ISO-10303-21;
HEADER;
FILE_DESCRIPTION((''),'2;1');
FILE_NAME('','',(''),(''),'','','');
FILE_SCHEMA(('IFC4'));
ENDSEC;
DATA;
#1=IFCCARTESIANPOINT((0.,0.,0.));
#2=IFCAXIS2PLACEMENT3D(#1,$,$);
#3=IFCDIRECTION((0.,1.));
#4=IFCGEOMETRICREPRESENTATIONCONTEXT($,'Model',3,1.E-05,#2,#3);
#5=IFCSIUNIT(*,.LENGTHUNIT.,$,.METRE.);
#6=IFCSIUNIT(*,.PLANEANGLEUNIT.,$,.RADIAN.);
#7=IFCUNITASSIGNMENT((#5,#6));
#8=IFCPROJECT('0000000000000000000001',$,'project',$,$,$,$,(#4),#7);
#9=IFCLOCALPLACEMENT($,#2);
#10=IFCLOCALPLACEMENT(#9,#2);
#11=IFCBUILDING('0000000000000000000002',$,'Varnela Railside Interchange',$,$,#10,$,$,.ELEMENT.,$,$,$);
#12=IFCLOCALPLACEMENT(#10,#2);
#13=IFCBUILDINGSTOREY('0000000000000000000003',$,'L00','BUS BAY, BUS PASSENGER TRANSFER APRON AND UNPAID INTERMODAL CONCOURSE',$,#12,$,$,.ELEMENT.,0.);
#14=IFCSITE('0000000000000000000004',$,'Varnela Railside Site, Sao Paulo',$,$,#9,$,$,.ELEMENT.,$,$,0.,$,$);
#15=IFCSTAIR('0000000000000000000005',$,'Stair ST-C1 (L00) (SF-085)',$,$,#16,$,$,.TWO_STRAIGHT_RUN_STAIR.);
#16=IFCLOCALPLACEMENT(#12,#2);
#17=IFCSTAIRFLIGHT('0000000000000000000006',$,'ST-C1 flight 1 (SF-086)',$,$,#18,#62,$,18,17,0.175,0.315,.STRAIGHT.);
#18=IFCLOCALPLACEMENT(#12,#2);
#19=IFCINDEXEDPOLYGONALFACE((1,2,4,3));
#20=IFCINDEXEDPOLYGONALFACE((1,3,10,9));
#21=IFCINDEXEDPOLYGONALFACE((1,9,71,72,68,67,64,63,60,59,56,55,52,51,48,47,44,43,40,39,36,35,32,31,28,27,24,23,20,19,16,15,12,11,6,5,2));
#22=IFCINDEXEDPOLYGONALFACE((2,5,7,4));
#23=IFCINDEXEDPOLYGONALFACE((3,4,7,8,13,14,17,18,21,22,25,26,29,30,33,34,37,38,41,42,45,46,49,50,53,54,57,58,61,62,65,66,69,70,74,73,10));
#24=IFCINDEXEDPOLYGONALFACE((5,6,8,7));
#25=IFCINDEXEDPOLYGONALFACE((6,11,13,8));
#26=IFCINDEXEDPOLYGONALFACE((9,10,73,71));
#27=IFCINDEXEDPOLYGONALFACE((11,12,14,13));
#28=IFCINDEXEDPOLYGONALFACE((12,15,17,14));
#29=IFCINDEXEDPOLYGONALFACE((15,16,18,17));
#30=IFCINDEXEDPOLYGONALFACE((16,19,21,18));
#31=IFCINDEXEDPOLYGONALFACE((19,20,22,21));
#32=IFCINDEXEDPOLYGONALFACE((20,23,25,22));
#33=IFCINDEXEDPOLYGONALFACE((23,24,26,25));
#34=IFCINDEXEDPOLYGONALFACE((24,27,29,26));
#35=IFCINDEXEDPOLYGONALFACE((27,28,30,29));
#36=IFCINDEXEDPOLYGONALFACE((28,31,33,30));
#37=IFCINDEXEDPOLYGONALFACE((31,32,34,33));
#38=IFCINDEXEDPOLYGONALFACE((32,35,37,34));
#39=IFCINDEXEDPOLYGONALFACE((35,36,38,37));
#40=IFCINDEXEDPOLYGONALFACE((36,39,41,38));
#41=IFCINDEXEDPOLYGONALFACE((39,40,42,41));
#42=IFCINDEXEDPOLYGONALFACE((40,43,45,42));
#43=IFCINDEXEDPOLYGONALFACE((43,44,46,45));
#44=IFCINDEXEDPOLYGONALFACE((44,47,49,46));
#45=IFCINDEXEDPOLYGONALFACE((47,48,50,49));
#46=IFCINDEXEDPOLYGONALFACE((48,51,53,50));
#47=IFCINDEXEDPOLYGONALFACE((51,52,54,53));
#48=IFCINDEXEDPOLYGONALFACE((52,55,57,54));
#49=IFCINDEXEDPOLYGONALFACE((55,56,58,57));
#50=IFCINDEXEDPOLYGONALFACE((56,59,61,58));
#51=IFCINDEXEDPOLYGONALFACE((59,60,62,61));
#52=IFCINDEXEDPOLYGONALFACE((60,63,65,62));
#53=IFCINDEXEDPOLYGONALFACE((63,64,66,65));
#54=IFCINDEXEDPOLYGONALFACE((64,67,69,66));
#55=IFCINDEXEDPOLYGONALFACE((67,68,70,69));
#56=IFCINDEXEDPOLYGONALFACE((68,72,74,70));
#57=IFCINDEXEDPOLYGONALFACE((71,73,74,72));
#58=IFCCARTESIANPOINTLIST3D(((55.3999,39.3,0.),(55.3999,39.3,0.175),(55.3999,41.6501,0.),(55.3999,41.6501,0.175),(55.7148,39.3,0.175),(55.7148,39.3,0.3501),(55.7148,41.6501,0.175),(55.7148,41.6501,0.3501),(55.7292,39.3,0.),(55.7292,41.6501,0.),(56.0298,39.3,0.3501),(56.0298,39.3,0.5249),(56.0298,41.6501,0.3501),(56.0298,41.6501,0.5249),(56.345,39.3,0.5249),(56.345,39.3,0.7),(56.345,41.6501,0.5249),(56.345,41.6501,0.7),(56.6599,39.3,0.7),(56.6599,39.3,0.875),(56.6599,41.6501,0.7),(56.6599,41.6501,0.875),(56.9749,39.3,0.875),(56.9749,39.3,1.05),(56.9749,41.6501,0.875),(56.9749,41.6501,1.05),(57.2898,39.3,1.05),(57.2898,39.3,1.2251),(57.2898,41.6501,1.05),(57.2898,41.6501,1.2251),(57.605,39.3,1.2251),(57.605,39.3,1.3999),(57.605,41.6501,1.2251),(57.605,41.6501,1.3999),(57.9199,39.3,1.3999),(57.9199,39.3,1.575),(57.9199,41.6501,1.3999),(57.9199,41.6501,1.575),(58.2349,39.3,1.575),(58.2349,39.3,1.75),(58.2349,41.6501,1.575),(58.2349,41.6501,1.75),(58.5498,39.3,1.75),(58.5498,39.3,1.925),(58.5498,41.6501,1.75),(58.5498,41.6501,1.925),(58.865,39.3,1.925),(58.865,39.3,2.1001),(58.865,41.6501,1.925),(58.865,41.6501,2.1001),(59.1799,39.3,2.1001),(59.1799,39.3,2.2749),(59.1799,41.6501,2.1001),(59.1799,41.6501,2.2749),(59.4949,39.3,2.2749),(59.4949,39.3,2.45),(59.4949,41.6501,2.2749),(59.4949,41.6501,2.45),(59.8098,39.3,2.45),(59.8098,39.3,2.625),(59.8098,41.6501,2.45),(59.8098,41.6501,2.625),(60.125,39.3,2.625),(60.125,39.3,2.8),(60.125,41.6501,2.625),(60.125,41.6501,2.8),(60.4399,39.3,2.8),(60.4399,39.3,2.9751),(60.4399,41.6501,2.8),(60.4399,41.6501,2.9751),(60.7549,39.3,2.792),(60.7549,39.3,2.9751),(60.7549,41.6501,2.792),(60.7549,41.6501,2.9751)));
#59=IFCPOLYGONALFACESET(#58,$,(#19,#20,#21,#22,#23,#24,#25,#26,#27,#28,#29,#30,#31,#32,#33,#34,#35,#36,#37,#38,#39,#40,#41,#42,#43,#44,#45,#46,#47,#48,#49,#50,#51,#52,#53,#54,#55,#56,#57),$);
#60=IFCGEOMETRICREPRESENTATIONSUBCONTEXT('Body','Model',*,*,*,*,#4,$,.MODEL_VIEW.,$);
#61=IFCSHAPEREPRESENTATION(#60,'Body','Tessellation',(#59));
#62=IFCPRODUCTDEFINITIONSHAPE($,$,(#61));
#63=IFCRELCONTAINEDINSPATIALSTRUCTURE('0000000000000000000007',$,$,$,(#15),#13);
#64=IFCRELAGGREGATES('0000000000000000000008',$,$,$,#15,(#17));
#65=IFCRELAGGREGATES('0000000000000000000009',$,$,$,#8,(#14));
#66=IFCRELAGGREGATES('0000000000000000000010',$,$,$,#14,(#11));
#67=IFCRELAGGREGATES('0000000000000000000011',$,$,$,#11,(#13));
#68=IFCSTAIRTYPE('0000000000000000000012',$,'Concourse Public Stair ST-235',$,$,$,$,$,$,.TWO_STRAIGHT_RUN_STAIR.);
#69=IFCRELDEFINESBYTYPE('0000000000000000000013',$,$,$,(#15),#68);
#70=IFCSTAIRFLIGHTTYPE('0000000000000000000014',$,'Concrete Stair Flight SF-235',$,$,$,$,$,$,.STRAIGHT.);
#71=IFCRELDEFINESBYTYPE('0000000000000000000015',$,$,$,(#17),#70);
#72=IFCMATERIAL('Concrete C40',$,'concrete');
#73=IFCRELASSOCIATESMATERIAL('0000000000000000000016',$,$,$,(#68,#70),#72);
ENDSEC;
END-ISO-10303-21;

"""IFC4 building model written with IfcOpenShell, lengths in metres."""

from ifc_helpers import new_model, si_unit, direction, frame, origin, place, context, subcontext, project, spatial, polyline, outline, extrude, material, type_object, element, aggregate, save


model = new_model("IFC4")

# Units and contexts
model_context = context("Model", 3, precision=1e-05, world=origin(), true_north=direction((0.0, 1.0)))
body_context = subcontext(model_context, "Body", "Model", "MODEL_VIEW")
ifc_project = project(units=[si_unit("LENGTHUNIT", "METRE"), si_unit("PLANEANGLEUNIT", "RADIAN")], contexts=[model_context])

# Site, building, storey
site_placement = place(None, origin())
site = spatial("IfcSite", under=ifc_project, at=site_placement, Name="Varnela Railside Site, Sao Paulo", CompositionType="ELEMENT", RefElevation=0.0)
building_placement = place(site_placement, origin())
building = spatial("IfcBuilding", under=site, at=building_placement, Name="Varnela Railside Interchange", CompositionType="ELEMENT")
storey_placement = place(building_placement, origin())
storey = spatial("IfcBuildingStorey", under=building, at=storey_placement, Name="L00", Description="BUS BAY, BUS PASSENGER TRANSFER APRON AND UNPAID INTERMODAL CONCOURSE", CompositionType="ELEMENT", Elevation=0.0)

# Shared definitions
ifc_material_1 = material(Name="Concrete C40", Category="concrete")

# Stair, stair flight
stair_type = type_object("IfcStairType", Name="Concourse Public Stair ST-235", PredefinedType="TWO_STRAIGHT_RUN_STAIR", material=ifc_material_1)
stair_placement = place(storey_placement, origin())
stair = element("IfcStair", 1, at=stair_placement, inside=storey, type_object=stair_type, Name="Stair ST-C1 (L00) (SF-085)", PredefinedType="TWO_STRAIGHT_RUN_STAIR")
stair_flight_type = type_object("IfcStairFlightType", Name="Concrete Stair Flight SF-235", PredefinedType="STRAIGHT", material=ifc_material_1)
stair_flight_placement = place(storey_placement, frame((55.3999, 40.4751, 0.0), z_axis=(0.0, 0.0, 1.0), x_axis=(1.0, 0.0, 0.0)))
stair_flight = element("IfcStairFlight", 2, at=stair_flight_placement, type_object=stair_flight_type, Name="ST-C1 flight 1 (SF-086)", NumberOfRisers=18, NumberOfTreads=17, PredefinedType="STRAIGHT", RiserHeight=0.175, TreadLength=0.315, context=body_context, shape_type="SweptSolid", body=[
    extrude(outline(polyline([(0.0, 0.0), (0.0, 0.175), (0.3149, 0.175), (0.3149, 0.3501), (0.6299, 0.3501), (0.6299, 0.5249), (0.9451, 0.5249), (0.9451, 0.7), (1.26, 0.7), (1.26, 0.875), (1.575, 0.875), (1.575, 1.05), (1.8899, 1.05), (1.8899, 1.2251), (2.2051, 1.2251), (2.2051, 1.3999), (2.52, 1.3999), (2.52, 1.575), (2.835, 1.575), (2.835, 1.75), (3.1499, 1.75), (3.1499, 1.925), (3.4651, 1.925), (3.4651, 2.1001), (3.78, 2.1001), (3.78, 2.2749), (4.095, 2.2749), (4.095, 2.45), (4.4099, 2.45), (4.4099, 2.625), (4.7251, 2.625), (4.7251, 2.8), (5.04, 2.8), (5.04, 2.9751), (5.355, 2.9751), (5.355, 3.1499), (5.355, 2.792), (0.3293, 0.0), (0.0, 0.0)])), frame((0.0, 1.175, 0.0), z_axis=(0.0, -1.0, 0.0), x_axis=(1.0, 0.0, 0.0)), (0.0, 0.0, 1.0), 2.3501),
])
aggregate(stair, [stair_flight])

save(model, "model.ifc")
